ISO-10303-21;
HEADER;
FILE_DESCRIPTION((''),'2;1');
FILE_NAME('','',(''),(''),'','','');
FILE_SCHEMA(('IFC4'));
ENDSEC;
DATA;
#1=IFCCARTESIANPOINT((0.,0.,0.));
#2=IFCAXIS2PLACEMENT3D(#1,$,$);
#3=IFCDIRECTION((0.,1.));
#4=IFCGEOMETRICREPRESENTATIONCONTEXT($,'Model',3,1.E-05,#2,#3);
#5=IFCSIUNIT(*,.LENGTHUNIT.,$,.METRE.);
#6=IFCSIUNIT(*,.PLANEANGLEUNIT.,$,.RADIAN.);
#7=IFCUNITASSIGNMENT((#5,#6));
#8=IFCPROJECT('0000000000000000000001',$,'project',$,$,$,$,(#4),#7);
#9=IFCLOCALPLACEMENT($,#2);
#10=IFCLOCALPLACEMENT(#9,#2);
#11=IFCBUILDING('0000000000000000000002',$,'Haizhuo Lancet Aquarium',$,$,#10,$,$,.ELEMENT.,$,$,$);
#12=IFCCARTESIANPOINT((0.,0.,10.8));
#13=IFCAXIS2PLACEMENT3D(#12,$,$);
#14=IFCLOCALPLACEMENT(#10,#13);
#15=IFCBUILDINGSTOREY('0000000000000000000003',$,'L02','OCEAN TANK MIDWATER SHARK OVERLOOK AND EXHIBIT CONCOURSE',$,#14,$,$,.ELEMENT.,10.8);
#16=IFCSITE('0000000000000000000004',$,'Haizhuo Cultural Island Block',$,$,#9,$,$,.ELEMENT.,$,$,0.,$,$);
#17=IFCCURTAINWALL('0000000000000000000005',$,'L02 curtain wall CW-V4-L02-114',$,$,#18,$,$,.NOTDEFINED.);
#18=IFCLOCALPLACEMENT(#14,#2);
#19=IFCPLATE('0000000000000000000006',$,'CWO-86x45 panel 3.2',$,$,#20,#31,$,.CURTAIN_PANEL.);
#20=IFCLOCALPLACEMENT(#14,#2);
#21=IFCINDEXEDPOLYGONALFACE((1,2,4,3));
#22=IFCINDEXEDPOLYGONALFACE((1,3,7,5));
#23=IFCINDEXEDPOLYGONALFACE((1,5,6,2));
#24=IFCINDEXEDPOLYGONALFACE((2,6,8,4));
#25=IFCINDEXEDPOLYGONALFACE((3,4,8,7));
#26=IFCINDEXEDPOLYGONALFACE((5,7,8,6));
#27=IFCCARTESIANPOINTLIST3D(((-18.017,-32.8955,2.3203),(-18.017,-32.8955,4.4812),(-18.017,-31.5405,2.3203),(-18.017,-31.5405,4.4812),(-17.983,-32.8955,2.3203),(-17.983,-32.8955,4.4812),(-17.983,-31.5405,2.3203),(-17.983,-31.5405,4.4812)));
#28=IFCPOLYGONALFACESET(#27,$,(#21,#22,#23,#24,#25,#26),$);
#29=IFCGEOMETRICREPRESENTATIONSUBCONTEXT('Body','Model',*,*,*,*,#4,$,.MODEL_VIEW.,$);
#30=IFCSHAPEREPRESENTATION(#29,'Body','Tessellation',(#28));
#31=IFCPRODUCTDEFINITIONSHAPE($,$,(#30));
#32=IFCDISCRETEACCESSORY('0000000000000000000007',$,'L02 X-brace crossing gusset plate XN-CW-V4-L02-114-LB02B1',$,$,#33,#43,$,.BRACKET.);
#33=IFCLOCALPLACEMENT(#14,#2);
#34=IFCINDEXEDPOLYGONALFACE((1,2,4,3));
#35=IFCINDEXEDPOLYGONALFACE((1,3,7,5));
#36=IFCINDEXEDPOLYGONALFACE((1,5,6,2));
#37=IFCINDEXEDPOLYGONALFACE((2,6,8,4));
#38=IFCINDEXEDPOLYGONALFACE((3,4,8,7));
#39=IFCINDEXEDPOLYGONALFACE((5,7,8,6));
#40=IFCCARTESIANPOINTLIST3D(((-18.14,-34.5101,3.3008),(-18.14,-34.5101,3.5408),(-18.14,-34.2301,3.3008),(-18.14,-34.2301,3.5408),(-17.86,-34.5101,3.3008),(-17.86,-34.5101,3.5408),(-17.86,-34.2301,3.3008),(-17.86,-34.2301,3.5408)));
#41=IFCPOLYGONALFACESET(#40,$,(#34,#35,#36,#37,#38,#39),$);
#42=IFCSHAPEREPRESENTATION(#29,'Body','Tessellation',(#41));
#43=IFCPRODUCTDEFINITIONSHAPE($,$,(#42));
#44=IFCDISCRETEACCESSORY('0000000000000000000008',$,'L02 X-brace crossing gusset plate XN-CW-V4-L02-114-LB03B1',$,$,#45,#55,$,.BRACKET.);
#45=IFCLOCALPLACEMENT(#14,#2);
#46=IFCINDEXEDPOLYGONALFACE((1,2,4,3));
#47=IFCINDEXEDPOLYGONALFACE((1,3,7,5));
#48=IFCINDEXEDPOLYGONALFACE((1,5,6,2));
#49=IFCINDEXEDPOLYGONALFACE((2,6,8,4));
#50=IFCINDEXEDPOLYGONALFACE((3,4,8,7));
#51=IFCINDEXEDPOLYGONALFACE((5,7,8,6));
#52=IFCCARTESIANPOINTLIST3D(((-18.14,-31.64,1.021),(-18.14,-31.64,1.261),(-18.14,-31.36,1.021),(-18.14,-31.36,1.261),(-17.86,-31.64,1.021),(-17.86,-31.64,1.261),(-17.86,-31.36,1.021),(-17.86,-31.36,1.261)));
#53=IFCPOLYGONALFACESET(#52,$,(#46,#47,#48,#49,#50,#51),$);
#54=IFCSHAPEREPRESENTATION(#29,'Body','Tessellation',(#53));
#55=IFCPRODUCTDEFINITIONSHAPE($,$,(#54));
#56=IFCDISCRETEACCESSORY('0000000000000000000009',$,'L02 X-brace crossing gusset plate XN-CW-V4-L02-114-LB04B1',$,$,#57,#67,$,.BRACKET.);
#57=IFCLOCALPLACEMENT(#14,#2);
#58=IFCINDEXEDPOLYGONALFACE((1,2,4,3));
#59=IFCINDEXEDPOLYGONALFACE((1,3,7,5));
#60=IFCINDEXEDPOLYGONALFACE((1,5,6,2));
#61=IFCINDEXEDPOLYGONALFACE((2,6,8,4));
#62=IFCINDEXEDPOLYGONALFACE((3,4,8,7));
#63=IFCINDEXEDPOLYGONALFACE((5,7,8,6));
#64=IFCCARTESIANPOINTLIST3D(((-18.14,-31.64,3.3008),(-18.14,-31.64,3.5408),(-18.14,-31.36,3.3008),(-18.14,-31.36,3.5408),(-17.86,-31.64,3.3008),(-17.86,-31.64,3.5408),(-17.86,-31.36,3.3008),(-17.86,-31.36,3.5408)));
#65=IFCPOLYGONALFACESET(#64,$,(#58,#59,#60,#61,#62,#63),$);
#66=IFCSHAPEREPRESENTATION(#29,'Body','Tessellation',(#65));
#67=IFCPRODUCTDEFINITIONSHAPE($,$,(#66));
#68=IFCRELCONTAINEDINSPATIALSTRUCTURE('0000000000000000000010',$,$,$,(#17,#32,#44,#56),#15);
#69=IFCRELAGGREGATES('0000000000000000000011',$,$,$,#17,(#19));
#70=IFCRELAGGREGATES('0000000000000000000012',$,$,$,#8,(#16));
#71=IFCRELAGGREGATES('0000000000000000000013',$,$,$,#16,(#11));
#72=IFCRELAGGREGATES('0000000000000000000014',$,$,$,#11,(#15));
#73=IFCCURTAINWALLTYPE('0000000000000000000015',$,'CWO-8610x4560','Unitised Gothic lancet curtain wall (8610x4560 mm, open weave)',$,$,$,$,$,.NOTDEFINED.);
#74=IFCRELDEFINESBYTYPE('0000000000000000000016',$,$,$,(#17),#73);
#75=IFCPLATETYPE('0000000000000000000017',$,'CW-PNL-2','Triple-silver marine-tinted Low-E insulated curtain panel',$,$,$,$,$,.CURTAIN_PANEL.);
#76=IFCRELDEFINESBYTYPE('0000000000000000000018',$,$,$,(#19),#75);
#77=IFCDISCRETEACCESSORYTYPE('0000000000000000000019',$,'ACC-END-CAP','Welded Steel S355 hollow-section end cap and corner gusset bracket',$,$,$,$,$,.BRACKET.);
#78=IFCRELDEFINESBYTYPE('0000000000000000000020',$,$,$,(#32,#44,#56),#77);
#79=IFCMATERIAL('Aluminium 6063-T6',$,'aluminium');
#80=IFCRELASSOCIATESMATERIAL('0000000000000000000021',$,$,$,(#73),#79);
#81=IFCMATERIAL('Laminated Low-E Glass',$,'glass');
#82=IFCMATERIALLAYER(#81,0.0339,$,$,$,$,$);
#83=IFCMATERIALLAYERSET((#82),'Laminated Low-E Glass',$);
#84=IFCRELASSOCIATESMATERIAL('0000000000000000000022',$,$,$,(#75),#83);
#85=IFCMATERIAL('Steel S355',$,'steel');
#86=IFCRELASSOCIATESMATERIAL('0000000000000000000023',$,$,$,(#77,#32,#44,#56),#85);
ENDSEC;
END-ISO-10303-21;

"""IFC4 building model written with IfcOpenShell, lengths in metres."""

from ifc_helpers import new_model, si_unit, direction, frame, origin, origin_2d, place, context, subcontext, project, spatial, rectangle, extrude, material, layer, layer_set, type_object, element, aggregate, save


model = new_model("IFC4")

# Units and contexts
model_context = context("Model", 3, precision=1e-05, world=origin(), true_north=direction((0.0, 1.0)))
body_context = subcontext(model_context, "Body", "Model", "MODEL_VIEW")
ifc_project = project(units=[si_unit("LENGTHUNIT", "METRE"), si_unit("PLANEANGLEUNIT", "RADIAN")], contexts=[model_context])

# Site, building, storey
site_placement = place(None, origin())
site = spatial("IfcSite", under=ifc_project, at=site_placement, Name="Haizhuo Cultural Island Block", CompositionType="ELEMENT", RefElevation=0.0)
building_placement = place(site_placement, origin())
building = spatial("IfcBuilding", under=site, at=building_placement, Name="Haizhuo Lancet Aquarium", CompositionType="ELEMENT")
storey_placement = place(building_placement, frame((0.0, 0.0, 10.8)))
storey = spatial("IfcBuildingStorey", under=building, at=storey_placement, Name="L02", Description="OCEAN TANK MIDWATER SHARK OVERLOOK AND EXHIBIT CONCOURSE", CompositionType="ELEMENT", Elevation=10.8)

# Curtain wall
ifc_material_1 = material(Name="Aluminium 6063-T6", Category="aluminium")
curtain_wall_type = type_object("IfcCurtainWallType", Name="CWO-8610x4560", Description="Unitised Gothic lancet curtain wall (8610x4560 mm, open weave)", PredefinedType="NOTDEFINED", material=ifc_material_1)
curtain_wall_placement = place(storey_placement, origin())
curtain_wall = element("IfcCurtainWall", 1, at=curtain_wall_placement, inside=storey, type_object=curtain_wall_type, Name="L02 curtain wall CW-V4-L02-114", PredefinedType="NOTDEFINED")

# Shared definitions
ifc_material_2 = material(Name="Steel S355", Category="steel")

# Plate
ifc_material_3 = material(Name="Laminated Low-E Glass", Category="glass")
ifc_layer = layer(ifc_material_3, 0.0339)
ifc_layer_set = layer_set([ifc_layer], Name="Laminated Low-E Glass")
plate_type = type_object("IfcPlateType", Name="CW-PNL-2", Description="Triple-silver marine-tinted Low-E insulated curtain panel", PredefinedType="CURTAIN_PANEL", material=ifc_layer_set)
plate_1_placement = place(storey_placement, frame((-18.0, -32.218, 2.3203), z_axis=(0.0, 0.0, 1.0), x_axis=(0.0, 1.0, 0.0)))
plate_1 = element("IfcPlate", 2, at=plate_1_placement, type_object=plate_type, Name="CWO-86x45 panel 3.2", PredefinedType="CURTAIN_PANEL", context=body_context, shape_type="SweptSolid", body=[
    extrude(rectangle(XDim=1.355, YDim=0.0339, at=origin_2d()), origin(), (0.0, 0.0, 1.0), 2.1609),
])
aggregate(curtain_wall, [plate_1])

# Discrete accessories
discrete_accessory_type = type_object("IfcDiscreteAccessoryType", Name="ACC-END-CAP", Description="Welded Steel S355 hollow-section end cap and corner gusset bracket", PredefinedType="BRACKET", material=ifc_material_2)
for number, where, z_axis, x_axis, name in (
    (3, (-18.0, -34.3701, 3.3008), (0.0, 0.0, 1.0), (1.0, 0.0, 0.0), "L02 X-brace crossing gusset plate XN-CW-V4-L02-114-LB02B1"),
    (4, (-18.0, -31.5, 1.021), (0.0, 0.0, 1.0), (1.0, 0.0, 0.0), "L02 X-brace crossing gusset plate XN-CW-V4-L02-114-LB03B1"),
    (5, (-18.0, -31.5, 3.3008), (0.0, 0.0, 1.0), (1.0, 0.0, 0.0), "L02 X-brace crossing gusset plate XN-CW-V4-L02-114-LB04B1"),
):
    element("IfcDiscreteAccessory", number, at=place(storey_placement, frame(where, z_axis=z_axis, x_axis=x_axis)), inside=storey, type_object=discrete_accessory_type, material=ifc_material_2, Name=name, PredefinedType="BRACKET", context=body_context, shape_type="SweptSolid", body=[
        extrude(rectangle(XDim=0.28, YDim=0.28, at=origin_2d()), origin(), (0.0, 0.0, 1.0), 0.24),
    ])

save(model, "model.ifc")
